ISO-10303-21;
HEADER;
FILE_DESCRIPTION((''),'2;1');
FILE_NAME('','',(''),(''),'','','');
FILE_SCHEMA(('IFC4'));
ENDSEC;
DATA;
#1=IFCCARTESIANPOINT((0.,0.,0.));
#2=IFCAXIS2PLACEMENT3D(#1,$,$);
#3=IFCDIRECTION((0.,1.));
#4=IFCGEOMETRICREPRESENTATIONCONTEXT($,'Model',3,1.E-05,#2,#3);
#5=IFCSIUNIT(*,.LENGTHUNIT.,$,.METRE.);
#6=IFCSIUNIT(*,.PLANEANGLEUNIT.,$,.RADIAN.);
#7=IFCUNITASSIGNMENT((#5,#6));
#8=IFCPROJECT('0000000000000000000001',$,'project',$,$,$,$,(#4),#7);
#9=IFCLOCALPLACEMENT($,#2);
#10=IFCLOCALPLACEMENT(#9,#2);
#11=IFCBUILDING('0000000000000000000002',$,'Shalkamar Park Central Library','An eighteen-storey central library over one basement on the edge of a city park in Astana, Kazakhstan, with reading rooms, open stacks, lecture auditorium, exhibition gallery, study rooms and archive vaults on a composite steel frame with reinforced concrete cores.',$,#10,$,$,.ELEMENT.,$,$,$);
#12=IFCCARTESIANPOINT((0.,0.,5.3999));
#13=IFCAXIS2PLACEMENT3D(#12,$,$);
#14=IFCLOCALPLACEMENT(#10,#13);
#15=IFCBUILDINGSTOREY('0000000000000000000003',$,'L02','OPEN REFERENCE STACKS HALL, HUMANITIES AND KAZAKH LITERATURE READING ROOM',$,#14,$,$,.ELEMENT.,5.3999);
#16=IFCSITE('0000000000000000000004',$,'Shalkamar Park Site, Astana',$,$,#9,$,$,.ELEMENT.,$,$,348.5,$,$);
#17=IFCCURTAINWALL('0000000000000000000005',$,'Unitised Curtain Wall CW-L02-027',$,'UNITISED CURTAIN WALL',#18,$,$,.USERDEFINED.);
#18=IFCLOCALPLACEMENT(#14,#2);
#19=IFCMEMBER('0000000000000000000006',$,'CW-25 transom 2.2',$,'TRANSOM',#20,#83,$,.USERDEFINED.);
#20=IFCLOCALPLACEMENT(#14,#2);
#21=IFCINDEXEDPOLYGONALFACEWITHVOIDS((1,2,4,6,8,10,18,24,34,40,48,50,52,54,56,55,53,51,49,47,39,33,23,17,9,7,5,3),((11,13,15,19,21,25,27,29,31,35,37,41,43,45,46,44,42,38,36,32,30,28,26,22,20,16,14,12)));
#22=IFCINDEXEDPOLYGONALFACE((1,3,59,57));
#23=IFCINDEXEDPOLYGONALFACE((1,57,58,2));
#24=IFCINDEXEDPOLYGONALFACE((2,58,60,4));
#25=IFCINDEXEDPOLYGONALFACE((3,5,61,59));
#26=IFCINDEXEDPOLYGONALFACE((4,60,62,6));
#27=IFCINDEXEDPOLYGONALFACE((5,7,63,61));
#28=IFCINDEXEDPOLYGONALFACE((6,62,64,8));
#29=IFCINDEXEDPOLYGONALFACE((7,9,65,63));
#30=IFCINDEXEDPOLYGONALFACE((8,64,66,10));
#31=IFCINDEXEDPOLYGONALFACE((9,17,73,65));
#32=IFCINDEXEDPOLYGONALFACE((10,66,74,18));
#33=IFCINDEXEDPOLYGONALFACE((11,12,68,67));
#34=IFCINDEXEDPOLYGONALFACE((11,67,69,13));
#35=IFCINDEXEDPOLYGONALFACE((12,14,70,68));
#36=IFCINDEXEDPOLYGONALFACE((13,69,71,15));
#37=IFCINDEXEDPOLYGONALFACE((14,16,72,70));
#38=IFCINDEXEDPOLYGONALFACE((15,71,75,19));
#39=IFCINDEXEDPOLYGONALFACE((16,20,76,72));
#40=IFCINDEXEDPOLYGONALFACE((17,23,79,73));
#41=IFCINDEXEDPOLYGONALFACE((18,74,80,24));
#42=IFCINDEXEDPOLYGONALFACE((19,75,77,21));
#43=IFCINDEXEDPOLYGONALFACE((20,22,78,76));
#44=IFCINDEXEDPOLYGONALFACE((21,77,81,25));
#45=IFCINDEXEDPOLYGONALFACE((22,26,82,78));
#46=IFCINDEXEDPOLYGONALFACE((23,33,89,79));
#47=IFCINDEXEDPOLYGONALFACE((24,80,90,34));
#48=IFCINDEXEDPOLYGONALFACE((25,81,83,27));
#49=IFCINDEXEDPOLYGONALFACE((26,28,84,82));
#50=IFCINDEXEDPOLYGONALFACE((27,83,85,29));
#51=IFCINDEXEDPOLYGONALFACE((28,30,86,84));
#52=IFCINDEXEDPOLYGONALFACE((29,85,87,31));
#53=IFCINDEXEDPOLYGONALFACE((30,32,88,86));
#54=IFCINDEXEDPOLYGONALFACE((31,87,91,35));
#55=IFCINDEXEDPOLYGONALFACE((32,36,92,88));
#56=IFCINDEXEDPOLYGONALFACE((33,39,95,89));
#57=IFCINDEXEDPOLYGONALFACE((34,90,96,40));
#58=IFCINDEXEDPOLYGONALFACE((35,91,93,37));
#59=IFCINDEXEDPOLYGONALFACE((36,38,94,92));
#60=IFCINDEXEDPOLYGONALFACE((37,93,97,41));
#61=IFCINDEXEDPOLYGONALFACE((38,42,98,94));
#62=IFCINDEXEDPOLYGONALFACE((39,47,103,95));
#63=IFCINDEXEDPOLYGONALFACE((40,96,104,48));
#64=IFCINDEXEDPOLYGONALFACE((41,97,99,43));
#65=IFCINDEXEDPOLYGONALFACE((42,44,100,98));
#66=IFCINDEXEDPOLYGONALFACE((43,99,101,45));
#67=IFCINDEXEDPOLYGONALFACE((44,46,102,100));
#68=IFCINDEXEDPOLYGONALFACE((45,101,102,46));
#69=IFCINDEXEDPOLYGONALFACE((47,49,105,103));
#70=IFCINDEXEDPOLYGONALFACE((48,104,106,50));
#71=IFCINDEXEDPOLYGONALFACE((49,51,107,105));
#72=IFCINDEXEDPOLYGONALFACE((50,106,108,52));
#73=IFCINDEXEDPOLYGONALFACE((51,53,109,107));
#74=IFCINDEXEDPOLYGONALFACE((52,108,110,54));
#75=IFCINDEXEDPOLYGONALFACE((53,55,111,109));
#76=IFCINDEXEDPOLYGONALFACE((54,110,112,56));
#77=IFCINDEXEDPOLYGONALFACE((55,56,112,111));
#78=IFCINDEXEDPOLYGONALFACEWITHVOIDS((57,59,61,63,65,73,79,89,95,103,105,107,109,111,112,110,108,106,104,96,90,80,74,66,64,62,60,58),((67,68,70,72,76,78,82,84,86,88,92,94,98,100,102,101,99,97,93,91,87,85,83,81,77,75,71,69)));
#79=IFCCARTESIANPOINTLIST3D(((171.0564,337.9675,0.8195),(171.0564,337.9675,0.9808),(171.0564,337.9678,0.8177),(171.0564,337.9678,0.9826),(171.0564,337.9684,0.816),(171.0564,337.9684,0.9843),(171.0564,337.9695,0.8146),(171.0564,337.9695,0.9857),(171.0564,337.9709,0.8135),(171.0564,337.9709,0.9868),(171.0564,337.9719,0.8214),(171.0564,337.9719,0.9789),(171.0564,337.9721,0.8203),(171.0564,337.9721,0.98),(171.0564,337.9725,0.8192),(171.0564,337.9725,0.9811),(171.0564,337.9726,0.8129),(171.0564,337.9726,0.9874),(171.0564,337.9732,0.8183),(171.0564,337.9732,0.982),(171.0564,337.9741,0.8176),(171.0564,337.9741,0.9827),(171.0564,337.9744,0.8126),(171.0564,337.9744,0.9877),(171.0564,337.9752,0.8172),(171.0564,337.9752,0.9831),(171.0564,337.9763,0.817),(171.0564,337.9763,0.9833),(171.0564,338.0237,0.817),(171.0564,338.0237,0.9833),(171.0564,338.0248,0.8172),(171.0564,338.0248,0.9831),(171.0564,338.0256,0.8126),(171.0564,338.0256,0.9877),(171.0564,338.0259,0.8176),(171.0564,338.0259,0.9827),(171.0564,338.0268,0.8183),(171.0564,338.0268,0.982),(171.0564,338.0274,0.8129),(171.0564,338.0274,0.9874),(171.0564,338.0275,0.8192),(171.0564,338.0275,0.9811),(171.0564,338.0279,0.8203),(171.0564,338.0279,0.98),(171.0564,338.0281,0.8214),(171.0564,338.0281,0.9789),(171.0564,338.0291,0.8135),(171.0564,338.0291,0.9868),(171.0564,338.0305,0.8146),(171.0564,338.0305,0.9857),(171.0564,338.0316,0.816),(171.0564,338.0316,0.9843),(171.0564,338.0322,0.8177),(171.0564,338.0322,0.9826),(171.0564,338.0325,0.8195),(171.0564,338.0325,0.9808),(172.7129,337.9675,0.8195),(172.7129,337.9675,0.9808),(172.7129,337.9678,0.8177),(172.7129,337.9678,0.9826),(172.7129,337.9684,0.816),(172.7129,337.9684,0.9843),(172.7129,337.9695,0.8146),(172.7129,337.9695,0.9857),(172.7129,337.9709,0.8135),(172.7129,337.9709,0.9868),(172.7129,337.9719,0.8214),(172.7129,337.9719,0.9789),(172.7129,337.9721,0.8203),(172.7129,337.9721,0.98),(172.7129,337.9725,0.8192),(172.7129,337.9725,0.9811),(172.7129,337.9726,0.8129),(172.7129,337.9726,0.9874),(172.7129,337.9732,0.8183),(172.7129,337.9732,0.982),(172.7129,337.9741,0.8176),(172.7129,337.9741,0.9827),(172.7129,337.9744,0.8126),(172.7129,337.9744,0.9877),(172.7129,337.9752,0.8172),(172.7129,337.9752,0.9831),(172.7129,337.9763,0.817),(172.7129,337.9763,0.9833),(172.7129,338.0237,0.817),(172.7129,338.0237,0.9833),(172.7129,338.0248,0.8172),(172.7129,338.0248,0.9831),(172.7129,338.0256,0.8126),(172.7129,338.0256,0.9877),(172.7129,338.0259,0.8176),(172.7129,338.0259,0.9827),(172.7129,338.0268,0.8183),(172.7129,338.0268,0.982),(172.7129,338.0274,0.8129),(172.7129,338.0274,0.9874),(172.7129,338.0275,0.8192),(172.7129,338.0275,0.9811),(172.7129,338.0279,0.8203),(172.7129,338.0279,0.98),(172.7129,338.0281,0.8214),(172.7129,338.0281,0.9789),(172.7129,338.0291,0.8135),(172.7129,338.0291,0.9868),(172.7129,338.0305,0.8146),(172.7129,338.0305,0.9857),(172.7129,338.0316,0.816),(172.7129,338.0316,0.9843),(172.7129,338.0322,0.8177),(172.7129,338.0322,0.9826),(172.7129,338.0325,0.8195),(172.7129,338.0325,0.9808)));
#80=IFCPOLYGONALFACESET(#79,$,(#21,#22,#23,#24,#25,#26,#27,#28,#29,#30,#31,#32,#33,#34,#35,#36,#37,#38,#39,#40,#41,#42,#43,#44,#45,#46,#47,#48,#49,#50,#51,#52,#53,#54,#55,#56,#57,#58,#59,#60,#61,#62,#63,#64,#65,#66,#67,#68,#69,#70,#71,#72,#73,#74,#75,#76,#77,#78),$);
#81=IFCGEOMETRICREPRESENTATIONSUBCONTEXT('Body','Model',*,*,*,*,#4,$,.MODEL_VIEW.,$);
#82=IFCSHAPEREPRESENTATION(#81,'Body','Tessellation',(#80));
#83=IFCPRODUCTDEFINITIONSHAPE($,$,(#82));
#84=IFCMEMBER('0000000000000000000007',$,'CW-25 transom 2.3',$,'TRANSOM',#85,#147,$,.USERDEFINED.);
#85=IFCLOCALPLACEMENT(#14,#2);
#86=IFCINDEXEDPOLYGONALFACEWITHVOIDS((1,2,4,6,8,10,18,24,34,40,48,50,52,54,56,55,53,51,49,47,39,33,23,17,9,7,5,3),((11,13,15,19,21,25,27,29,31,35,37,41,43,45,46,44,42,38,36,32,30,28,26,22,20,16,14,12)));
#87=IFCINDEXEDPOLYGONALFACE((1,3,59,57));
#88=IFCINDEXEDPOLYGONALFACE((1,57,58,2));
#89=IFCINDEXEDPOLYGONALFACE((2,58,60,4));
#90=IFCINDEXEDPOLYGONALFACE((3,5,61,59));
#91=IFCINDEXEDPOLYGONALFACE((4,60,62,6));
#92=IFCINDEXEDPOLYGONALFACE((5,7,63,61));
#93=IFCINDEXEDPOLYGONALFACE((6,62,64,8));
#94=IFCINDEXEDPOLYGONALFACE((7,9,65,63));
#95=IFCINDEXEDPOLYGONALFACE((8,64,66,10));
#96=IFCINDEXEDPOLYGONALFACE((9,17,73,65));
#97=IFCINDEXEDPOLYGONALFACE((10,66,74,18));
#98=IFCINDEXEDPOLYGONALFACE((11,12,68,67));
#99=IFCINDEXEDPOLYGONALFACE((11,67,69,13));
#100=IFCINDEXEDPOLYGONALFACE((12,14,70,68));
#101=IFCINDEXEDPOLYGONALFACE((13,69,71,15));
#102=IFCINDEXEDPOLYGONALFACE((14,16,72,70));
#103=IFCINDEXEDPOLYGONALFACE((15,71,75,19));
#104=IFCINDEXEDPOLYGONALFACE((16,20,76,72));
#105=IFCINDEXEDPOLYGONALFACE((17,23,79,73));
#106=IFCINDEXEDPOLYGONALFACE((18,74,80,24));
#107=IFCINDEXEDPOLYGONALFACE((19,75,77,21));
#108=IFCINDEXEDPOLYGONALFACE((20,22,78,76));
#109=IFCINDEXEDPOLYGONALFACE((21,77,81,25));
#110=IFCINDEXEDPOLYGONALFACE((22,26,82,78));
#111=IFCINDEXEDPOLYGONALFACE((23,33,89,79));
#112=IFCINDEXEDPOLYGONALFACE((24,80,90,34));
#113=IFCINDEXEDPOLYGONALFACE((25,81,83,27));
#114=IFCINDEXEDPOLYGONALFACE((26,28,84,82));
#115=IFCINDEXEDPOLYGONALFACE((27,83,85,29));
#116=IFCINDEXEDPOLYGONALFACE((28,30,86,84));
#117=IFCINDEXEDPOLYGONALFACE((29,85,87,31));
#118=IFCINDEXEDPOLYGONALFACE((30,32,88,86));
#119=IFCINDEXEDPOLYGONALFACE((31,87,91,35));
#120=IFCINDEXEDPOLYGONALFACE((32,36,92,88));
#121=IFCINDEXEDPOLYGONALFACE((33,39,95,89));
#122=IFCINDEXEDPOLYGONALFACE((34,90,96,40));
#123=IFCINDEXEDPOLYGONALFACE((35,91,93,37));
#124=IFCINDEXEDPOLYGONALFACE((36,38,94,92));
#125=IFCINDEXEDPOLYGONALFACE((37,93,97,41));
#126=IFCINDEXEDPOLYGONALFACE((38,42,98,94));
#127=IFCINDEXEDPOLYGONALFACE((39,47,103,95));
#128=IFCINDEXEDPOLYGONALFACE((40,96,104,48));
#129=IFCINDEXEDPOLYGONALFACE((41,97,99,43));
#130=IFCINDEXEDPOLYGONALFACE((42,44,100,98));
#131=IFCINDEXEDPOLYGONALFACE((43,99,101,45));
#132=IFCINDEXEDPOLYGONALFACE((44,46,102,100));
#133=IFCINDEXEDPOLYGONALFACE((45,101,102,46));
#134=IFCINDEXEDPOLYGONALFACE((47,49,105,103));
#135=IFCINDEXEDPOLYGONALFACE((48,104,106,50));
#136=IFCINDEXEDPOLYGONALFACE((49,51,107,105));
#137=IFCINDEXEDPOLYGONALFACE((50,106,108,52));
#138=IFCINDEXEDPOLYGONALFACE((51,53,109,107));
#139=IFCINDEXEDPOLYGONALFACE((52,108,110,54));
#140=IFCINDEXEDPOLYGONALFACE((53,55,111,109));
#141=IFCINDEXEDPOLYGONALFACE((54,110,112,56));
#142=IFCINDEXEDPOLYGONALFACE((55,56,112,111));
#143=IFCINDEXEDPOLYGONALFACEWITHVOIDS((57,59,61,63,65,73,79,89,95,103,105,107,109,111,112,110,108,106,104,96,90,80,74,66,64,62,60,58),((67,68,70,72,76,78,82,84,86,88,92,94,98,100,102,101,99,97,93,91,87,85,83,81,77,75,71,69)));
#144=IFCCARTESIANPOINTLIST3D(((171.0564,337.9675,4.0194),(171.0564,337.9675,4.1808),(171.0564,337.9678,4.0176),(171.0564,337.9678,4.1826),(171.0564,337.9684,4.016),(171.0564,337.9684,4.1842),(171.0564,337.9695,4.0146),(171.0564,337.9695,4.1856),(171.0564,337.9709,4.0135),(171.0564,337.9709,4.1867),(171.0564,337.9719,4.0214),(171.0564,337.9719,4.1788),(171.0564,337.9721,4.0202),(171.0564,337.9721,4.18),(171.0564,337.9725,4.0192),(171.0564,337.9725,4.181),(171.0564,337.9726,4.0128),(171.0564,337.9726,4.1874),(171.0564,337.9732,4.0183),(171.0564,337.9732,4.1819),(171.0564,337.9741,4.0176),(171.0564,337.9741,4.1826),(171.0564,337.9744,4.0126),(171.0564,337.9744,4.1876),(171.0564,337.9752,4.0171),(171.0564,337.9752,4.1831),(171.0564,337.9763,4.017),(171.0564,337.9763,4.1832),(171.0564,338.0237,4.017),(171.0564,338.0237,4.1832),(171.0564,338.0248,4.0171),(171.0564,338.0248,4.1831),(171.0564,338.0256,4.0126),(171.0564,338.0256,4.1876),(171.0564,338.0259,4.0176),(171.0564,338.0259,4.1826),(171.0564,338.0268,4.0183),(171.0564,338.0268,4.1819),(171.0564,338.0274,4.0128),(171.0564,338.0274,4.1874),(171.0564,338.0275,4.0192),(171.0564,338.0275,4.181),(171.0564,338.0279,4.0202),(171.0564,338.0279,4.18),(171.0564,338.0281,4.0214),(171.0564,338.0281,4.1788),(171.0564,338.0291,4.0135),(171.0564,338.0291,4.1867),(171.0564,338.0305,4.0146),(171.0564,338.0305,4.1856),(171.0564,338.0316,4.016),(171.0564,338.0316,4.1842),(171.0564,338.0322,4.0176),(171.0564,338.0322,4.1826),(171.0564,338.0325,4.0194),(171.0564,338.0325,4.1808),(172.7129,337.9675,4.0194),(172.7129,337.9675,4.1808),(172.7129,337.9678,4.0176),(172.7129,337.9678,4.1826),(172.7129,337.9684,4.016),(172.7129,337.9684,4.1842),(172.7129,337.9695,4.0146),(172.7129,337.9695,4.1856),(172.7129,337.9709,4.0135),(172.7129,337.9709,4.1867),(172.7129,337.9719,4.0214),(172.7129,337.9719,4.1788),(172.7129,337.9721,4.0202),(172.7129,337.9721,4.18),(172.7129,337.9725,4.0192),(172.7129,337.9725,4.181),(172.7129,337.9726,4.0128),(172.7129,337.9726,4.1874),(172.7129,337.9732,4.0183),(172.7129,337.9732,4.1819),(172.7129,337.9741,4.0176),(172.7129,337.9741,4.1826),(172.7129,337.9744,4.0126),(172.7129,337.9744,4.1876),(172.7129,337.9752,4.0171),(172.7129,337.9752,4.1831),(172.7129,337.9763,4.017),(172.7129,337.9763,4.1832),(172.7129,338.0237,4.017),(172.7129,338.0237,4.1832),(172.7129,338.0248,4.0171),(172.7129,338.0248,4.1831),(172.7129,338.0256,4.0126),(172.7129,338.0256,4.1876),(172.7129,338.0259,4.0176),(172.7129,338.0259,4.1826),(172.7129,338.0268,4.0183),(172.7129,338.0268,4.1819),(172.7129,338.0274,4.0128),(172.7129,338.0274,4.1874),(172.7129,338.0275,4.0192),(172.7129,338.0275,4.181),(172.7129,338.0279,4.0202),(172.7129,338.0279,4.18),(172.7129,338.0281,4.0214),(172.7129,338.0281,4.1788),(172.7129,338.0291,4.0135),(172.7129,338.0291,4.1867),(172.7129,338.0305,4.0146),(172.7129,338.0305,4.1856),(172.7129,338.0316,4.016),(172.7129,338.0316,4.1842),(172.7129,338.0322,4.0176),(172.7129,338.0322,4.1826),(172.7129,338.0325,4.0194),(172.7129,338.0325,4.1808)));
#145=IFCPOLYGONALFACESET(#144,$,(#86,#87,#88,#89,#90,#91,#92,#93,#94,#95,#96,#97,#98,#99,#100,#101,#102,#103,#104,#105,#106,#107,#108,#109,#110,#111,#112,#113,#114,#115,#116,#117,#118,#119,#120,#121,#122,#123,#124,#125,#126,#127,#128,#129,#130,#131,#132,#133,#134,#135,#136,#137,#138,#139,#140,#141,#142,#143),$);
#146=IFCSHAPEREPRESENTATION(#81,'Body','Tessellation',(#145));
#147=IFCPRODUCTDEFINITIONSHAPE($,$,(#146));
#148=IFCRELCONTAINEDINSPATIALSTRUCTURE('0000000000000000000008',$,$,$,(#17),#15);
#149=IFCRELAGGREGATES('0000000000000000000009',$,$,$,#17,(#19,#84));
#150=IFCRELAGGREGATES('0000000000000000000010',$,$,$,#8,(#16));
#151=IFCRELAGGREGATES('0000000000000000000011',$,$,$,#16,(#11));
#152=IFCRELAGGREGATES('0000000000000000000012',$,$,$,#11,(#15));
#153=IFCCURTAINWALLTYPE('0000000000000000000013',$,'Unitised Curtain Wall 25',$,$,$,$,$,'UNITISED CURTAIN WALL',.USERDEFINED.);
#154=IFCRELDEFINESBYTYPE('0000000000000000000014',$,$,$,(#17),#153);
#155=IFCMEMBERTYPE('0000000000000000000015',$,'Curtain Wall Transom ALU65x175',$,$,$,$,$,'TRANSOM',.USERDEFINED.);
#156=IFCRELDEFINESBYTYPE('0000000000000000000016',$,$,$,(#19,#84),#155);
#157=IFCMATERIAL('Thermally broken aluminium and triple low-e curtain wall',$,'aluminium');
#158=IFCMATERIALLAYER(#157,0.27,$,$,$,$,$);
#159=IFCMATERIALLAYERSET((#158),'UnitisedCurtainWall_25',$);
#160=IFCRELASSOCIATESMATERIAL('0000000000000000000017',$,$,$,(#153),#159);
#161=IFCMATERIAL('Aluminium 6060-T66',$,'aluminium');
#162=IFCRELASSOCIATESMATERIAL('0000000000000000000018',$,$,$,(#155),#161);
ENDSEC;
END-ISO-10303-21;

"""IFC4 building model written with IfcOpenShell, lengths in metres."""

from ifc_helpers import new_model, si_unit, direction, frame, origin, origin_2d, place, context, subcontext, project, spatial, hollow_rectangle, extrude, material, layer, layer_set, material_profile, profile_set, type_object, element, aggregate, save


model = new_model("IFC4")

# Units and contexts
model_context = context("Model", 3, precision=1e-05, world=origin(), true_north=direction((0.0, 1.0)))
body_context = subcontext(model_context, "Body", "Model", "MODEL_VIEW")
ifc_project = project(units=[si_unit("LENGTHUNIT", "METRE"), si_unit("PLANEANGLEUNIT", "RADIAN")], contexts=[model_context])

# Site, building, storey
site_placement = place(None, origin())
site = spatial("IfcSite", under=ifc_project, at=site_placement, Name="Shalkamar Park Site, Astana", CompositionType="ELEMENT", RefElevation=348.5)
building_placement = place(site_placement, origin())
building = spatial("IfcBuilding", under=site, at=building_placement, Name="Shalkamar Park Central Library", Description="An eighteen-storey central library over one basement on the edge of a city park in Astana, Kazakhstan, with reading rooms, open stacks, lecture auditorium, exhibition gallery, study rooms and archive vaults on a composite steel frame with reinforced concrete cores.", CompositionType="ELEMENT")
storey_placement = place(building_placement, frame((0.0, 0.0, 5.3999)))
storey = spatial("IfcBuildingStorey", under=building, at=storey_placement, Name="L02", Description="OPEN REFERENCE STACKS HALL, HUMANITIES AND KAZAKH LITERATURE READING ROOM", CompositionType="ELEMENT", Elevation=5.3999)

# Curtain wall
ifc_material_1 = material(Name="Thermally broken aluminium and triple low-e curtain wall", Category="aluminium")
ifc_material_2 = material(Name="Aluminium 6060-T66", Category="aluminium")
ifc_layer_1 = layer(ifc_material_1, 0.27)
ifc_layer_set_1 = layer_set([ifc_layer_1], Name="UnitisedCurtainWall_25")
curtain_wall_type_1 = type_object("IfcCurtainWallType", Name="Unitised Curtain Wall 25", ElementType="UNITISED CURTAIN WALL", PredefinedType="USERDEFINED", material=ifc_layer_set_1)
curtain_wall_1_placement = place(storey_placement, origin())
curtain_wall_1 = element("IfcCurtainWall", 1, at=curtain_wall_1_placement, inside=storey, type_object=curtain_wall_type_1, Name="Unitised Curtain Wall CW-L02-027", ObjectType="UNITISED CURTAIN WALL", PredefinedType="USERDEFINED")

# Members
ifc_material_profile_1 = material_profile(ifc_material_2, hollow_rectangle(XDim=0.0649, YDim=0.175, WallThickness=0.0044, InnerFilletRadius=0.0044, OuterFilletRadius=0.0068, at=origin_2d()), Name="ALU 65x175x4.5")
ifc_profile_set_1 = profile_set([ifc_material_profile_1], Name="Aluminium 6060-T66")
member_type_1 = type_object("IfcMemberType", Name="Curtain Wall Transom ALU65x175", ElementType="TRANSOM", PredefinedType="USERDEFINED", material=ifc_profile_set_1)
member_1_placement = place(storey_placement, frame((171.0564, 338.0, 0.9001), z_axis=(1.0, 0.0, 0.0), x_axis=(0.0, 1.0, 0.0)))
member_1 = element("IfcMember", 2, at=member_1_placement, type_object=member_type_1, Name="CW-25 transom 2.2", ObjectType="TRANSOM", PredefinedType="USERDEFINED", context=body_context, shape_type="SweptSolid", body=[
    extrude(hollow_rectangle(XDim=0.0649, YDim=0.175, WallThickness=0.0044, InnerFilletRadius=0.0044, OuterFilletRadius=0.0068, at=origin_2d()), origin(), (0.0, 0.0, 1.0), 1.6565),
])
member_2_placement = place(storey_placement, frame((171.0564, 338.0, 4.1001), z_axis=(1.0, 0.0, 0.0), x_axis=(0.0, 1.0, 0.0)))
member_2 = element("IfcMember", 3, at=member_2_placement, type_object=member_type_1, Name="CW-25 transom 2.3", ObjectType="TRANSOM", PredefinedType="USERDEFINED", context=body_context, shape_type="SweptSolid", body=[
    extrude(hollow_rectangle(XDim=0.0649, YDim=0.175, WallThickness=0.0044, InnerFilletRadius=0.0044, OuterFilletRadius=0.0068, at=origin_2d()), origin(), (0.0, 0.0, 1.0), 1.6565),
])

aggregate(curtain_wall_1, [member_1, member_2])

save(model, "model.ifc")
